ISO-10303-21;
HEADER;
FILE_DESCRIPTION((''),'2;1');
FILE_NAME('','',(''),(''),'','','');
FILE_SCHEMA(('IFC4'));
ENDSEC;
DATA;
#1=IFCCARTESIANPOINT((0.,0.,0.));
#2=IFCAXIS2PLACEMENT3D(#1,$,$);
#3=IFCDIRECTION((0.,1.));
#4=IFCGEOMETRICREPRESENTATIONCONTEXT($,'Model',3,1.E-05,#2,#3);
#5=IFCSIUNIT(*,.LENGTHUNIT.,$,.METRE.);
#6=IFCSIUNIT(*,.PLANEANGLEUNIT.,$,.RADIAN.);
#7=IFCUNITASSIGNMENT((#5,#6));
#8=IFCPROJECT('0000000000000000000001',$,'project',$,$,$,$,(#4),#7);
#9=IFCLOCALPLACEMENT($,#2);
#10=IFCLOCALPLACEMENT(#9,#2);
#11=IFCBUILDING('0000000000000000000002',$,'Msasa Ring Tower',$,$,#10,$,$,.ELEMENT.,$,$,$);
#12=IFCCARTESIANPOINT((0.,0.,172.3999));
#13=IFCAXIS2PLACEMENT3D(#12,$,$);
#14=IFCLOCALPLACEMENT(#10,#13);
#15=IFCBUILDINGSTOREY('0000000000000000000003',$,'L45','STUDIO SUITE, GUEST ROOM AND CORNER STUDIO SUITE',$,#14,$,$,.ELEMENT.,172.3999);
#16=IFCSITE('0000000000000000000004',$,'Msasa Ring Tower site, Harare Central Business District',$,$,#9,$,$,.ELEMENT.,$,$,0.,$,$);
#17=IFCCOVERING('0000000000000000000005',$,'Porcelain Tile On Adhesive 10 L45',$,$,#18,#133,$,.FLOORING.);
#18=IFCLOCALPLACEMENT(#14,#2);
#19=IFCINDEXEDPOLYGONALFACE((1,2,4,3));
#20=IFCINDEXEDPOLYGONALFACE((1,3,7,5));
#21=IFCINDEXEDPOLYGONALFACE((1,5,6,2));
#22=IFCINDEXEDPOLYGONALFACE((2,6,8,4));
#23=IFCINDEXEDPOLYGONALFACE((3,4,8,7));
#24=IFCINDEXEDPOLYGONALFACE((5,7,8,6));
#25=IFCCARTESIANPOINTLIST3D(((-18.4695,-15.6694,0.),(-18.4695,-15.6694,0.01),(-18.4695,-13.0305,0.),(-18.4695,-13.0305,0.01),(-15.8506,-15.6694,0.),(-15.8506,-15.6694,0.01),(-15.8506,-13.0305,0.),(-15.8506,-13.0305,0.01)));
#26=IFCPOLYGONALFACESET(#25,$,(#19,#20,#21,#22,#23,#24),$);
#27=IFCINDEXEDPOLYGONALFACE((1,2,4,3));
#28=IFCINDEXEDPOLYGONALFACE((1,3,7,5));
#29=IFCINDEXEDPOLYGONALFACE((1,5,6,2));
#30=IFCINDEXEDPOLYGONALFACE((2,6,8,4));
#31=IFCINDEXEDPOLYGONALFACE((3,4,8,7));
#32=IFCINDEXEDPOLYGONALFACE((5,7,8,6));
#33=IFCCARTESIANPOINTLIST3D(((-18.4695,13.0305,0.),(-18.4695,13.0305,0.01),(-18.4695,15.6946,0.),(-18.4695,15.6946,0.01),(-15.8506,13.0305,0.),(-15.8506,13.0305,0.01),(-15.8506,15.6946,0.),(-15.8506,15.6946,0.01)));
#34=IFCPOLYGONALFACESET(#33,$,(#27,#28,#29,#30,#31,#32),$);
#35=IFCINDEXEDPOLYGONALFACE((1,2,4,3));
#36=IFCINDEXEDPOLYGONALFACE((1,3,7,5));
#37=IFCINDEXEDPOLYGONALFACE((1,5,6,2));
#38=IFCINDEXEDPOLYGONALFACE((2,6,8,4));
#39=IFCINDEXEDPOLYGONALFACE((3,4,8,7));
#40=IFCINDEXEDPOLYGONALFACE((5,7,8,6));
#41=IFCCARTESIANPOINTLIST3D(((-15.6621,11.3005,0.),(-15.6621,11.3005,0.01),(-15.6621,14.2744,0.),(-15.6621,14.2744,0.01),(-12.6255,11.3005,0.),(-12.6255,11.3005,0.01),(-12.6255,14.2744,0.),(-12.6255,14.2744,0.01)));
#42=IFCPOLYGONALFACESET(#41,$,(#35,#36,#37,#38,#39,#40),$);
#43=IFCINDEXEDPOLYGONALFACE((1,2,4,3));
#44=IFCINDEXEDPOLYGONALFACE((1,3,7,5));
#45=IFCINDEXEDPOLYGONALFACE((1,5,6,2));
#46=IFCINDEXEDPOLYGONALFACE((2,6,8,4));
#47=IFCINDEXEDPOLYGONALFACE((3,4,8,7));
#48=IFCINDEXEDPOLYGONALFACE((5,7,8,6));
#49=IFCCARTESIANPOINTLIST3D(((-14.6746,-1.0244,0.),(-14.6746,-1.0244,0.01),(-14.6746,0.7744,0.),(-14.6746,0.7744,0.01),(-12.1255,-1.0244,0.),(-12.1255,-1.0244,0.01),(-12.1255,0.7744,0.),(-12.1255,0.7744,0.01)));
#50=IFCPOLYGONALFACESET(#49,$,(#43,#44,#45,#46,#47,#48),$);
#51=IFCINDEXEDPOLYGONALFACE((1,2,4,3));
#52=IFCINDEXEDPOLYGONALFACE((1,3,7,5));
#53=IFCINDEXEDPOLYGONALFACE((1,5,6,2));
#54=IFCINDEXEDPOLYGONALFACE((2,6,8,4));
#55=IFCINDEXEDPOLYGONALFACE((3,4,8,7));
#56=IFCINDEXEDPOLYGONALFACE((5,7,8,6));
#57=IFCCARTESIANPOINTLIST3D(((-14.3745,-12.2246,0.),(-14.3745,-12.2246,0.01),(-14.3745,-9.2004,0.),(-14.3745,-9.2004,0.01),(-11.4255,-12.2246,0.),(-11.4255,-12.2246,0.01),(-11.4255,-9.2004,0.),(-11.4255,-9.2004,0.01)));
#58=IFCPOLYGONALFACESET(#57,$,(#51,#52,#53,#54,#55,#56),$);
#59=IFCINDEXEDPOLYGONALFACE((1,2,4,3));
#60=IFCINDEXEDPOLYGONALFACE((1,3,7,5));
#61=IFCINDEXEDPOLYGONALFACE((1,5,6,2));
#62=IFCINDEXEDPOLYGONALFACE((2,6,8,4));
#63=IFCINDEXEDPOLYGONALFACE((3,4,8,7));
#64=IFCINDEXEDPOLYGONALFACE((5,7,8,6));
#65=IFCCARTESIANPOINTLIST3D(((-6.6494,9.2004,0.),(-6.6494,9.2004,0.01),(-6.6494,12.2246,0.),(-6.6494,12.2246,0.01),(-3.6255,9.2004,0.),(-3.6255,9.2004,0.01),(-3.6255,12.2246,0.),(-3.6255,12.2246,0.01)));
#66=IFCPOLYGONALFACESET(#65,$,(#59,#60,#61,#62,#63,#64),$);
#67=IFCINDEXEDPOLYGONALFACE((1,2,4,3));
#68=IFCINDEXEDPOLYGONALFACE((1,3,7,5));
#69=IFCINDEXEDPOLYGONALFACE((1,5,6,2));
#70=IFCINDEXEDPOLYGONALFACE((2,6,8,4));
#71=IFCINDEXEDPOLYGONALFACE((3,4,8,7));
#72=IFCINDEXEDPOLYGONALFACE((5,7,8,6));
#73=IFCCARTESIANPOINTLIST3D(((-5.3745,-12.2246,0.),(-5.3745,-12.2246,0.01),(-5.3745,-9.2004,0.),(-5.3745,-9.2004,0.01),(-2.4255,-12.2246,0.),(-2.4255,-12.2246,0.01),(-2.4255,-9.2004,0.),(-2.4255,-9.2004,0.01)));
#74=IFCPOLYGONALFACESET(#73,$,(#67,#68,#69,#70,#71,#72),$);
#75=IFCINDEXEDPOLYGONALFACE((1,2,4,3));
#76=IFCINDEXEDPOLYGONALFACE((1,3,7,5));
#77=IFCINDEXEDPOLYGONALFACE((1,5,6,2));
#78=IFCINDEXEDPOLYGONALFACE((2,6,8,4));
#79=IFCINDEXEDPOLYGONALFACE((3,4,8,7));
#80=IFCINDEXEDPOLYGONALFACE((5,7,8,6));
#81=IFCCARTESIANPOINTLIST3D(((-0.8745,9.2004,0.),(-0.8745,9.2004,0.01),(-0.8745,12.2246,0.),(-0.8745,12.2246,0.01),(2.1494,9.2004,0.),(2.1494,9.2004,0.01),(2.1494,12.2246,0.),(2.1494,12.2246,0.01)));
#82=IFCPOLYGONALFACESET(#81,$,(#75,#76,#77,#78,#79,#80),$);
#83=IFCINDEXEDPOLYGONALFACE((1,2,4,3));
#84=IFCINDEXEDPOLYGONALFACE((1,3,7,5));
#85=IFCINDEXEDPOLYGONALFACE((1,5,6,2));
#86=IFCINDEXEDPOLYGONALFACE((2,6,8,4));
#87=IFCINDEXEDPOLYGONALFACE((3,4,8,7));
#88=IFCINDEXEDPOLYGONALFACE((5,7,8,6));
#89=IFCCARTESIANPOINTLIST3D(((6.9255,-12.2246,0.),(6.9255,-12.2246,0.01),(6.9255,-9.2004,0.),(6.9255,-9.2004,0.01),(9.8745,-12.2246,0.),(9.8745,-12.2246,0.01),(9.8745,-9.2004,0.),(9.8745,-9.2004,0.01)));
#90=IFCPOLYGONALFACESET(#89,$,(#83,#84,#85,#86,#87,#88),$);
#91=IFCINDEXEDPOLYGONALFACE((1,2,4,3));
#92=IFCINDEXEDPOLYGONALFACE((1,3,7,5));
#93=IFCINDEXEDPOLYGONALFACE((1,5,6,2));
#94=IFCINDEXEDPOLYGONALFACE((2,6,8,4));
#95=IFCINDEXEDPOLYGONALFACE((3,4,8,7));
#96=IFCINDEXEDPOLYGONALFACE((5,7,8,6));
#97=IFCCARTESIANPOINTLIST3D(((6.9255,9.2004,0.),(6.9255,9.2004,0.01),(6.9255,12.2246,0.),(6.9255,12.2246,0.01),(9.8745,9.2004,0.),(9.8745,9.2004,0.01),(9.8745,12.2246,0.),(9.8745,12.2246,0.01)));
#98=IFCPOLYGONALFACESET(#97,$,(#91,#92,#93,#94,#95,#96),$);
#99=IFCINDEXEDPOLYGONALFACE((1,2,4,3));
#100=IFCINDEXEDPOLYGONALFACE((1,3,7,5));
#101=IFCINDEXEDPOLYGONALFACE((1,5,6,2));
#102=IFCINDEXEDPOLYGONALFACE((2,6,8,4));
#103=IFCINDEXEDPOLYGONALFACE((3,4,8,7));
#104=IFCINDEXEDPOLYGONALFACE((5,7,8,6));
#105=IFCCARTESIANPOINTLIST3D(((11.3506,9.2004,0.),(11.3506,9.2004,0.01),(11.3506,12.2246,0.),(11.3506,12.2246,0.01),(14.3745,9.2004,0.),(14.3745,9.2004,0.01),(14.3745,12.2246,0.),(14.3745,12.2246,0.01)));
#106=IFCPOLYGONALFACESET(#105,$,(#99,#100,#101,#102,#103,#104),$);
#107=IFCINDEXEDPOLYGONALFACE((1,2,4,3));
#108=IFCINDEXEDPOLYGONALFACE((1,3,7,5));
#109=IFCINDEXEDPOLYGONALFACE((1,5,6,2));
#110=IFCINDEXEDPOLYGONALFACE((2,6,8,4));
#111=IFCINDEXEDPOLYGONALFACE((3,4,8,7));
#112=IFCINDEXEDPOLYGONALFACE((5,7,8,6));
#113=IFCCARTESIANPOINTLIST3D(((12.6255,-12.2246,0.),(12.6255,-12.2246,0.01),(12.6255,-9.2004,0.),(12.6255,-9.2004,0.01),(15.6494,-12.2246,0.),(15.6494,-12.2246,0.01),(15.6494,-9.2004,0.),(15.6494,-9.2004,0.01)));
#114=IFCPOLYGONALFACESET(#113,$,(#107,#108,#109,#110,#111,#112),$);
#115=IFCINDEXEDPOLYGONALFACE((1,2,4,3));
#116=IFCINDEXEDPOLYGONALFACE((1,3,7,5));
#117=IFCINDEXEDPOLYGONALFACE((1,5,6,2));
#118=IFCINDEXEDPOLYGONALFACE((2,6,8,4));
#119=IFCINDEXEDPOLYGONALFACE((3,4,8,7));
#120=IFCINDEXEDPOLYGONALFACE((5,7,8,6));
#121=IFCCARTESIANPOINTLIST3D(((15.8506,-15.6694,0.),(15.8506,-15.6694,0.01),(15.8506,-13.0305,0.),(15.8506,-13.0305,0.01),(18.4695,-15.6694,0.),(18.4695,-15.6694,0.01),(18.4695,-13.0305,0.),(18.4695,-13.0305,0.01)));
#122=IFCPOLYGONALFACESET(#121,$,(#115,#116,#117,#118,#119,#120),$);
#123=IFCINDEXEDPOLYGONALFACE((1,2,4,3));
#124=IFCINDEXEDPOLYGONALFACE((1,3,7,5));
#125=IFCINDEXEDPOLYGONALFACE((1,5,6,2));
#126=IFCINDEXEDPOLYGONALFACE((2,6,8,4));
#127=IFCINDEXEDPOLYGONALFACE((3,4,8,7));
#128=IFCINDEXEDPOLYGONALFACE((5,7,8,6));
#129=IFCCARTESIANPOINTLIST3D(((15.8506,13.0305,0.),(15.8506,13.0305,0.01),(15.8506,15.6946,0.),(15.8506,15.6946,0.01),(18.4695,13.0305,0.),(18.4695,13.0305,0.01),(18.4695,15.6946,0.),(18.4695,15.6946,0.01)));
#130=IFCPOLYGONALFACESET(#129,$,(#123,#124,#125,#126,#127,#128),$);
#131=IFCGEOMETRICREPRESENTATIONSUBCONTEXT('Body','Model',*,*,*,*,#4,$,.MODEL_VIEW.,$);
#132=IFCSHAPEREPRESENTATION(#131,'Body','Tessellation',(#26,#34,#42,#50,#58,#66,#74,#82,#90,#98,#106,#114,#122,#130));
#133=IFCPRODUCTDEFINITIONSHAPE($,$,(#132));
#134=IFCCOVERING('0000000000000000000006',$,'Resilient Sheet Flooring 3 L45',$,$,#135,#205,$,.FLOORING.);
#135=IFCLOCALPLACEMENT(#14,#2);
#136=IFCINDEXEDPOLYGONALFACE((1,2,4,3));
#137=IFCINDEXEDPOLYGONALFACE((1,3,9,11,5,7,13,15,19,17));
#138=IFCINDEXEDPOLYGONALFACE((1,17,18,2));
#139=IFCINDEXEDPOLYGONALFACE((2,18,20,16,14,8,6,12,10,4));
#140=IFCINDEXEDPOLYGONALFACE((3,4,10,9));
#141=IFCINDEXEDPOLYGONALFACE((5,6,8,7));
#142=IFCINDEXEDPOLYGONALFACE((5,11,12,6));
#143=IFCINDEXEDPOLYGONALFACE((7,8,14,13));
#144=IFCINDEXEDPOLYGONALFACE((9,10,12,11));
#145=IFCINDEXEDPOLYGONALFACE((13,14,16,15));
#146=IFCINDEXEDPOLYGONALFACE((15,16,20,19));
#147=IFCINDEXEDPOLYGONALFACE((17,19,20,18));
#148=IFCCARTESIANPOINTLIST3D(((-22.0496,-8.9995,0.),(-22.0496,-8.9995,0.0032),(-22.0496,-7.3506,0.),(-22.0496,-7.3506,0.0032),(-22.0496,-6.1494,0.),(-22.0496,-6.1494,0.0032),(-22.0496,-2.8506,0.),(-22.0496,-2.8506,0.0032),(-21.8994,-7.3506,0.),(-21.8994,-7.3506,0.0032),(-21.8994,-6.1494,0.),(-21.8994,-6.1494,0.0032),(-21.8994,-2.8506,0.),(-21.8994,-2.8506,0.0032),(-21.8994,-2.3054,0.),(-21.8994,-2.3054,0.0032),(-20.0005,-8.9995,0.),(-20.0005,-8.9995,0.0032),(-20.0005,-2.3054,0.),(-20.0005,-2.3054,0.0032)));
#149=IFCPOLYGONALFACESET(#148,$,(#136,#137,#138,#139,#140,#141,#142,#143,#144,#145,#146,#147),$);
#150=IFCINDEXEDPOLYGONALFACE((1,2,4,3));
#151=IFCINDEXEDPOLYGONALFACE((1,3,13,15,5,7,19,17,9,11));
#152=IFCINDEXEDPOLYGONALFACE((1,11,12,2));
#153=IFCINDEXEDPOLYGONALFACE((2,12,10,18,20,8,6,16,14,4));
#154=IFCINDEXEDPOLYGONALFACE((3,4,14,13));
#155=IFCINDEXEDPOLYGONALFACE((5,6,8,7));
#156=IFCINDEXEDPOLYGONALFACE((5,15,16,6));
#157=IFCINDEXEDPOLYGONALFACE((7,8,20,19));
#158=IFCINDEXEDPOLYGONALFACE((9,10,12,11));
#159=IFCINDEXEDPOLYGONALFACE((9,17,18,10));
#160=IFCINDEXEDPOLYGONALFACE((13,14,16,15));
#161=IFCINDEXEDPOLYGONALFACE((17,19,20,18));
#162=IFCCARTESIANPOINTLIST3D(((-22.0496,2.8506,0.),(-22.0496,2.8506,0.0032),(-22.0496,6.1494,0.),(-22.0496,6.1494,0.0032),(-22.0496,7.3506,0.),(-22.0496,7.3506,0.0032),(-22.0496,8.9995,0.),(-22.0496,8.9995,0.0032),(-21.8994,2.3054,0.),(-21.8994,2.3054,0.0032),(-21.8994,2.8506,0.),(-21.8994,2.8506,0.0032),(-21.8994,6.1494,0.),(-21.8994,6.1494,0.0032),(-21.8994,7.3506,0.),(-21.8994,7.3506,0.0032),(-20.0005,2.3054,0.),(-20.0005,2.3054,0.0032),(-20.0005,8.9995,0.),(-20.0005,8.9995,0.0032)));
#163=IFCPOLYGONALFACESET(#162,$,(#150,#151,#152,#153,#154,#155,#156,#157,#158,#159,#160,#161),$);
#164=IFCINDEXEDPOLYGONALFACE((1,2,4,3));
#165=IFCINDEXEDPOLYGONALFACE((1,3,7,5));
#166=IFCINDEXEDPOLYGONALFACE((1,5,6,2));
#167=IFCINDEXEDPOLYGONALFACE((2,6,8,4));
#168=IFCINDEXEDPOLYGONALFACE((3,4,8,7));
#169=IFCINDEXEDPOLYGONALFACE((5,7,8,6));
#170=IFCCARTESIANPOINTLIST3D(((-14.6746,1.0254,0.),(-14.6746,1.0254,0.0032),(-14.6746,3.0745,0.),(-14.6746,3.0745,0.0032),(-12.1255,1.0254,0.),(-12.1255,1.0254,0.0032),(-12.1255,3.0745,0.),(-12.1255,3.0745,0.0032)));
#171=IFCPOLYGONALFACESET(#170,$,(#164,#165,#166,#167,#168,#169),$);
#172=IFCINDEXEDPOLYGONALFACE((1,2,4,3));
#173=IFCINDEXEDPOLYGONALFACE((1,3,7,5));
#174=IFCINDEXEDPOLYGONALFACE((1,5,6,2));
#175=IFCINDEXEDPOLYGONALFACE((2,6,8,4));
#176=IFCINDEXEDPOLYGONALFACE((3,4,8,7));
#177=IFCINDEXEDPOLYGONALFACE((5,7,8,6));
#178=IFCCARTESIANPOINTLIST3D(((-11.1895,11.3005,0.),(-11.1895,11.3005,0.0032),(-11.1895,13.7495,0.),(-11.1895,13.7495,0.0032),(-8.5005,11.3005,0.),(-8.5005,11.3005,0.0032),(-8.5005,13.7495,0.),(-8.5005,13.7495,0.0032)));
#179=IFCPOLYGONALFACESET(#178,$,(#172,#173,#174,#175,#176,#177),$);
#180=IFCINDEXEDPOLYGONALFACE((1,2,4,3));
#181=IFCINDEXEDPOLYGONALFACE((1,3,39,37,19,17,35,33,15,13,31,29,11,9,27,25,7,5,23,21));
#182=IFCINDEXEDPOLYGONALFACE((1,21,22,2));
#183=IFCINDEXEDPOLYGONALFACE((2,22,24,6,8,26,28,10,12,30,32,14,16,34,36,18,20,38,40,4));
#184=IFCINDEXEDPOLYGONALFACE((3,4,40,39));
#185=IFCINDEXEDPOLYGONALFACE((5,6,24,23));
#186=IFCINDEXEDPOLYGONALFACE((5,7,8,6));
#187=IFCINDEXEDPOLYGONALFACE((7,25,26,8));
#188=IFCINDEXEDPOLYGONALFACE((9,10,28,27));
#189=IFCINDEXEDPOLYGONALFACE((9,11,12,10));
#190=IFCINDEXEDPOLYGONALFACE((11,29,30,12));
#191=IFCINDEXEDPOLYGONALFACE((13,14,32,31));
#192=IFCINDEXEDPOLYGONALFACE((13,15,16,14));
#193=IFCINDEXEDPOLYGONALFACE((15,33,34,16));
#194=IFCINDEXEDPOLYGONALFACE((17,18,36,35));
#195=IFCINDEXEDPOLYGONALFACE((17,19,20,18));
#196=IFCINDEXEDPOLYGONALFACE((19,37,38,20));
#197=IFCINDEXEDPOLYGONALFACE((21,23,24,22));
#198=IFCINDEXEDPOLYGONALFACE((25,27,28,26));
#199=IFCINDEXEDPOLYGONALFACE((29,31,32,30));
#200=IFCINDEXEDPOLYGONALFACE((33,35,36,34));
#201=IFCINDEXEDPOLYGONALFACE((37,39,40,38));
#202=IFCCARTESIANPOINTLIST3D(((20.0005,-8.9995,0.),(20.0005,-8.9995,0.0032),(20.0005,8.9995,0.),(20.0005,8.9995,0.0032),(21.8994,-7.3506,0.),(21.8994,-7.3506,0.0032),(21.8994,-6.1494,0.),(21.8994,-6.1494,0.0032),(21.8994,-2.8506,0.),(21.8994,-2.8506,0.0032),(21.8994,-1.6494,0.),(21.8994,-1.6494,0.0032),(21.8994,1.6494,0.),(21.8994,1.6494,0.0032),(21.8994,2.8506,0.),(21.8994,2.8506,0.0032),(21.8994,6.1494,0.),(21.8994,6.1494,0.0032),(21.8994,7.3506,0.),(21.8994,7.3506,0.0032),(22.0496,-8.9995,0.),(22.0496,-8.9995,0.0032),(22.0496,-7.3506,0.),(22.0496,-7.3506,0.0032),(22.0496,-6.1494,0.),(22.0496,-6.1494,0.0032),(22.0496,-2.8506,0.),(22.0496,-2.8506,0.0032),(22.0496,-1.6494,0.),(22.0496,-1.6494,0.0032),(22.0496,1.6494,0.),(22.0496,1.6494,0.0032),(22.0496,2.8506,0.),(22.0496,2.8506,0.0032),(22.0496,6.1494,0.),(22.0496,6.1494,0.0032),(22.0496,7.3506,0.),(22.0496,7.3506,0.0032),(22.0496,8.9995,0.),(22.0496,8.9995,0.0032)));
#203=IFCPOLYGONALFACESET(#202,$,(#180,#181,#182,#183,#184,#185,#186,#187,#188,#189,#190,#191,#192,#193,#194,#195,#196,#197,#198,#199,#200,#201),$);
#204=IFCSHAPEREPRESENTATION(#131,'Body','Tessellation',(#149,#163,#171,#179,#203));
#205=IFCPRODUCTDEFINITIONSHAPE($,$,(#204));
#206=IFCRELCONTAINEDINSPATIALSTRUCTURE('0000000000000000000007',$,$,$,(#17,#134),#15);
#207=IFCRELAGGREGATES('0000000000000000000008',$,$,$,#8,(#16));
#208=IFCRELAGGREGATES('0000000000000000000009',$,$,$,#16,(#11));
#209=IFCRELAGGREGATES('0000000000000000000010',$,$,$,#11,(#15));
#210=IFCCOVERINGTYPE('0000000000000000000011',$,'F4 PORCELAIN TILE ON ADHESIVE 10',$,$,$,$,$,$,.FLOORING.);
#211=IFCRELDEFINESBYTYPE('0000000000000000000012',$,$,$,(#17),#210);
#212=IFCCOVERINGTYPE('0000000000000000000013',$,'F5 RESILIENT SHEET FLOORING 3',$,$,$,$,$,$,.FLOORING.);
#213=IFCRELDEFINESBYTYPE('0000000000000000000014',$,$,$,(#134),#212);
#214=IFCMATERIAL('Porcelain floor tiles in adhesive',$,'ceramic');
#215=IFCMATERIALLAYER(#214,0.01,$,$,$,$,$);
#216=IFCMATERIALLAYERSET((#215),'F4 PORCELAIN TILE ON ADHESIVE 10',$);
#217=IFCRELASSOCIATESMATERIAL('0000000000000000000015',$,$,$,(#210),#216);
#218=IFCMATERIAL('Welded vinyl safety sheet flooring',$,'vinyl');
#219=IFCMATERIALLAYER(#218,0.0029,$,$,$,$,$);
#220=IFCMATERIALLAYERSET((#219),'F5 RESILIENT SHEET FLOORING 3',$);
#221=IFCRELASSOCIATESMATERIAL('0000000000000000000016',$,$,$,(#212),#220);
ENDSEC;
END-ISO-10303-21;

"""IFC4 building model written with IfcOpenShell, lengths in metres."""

from ifc_helpers import new_model, si_unit, direction, frame, origin, place, context, subcontext, project, spatial, line, indexed_curve, outline, extrude, material, layer, layer_set, type_object, element, save


model = new_model("IFC4")

# Units and contexts
model_context = context("Model", 3, precision=1e-05, world=origin(), true_north=direction((0.0, 1.0)))
body_context = subcontext(model_context, "Body", "Model", "MODEL_VIEW")
ifc_project = project(units=[si_unit("LENGTHUNIT", "METRE"), si_unit("PLANEANGLEUNIT", "RADIAN")], contexts=[model_context])

# Site, building, storey
site_placement = place(None, origin())
site = spatial("IfcSite", under=ifc_project, at=site_placement, Name="Msasa Ring Tower site, Harare Central Business District", CompositionType="ELEMENT", RefElevation=0.0)
building_placement = place(site_placement, origin())
building = spatial("IfcBuilding", under=site, at=building_placement, Name="Msasa Ring Tower", CompositionType="ELEMENT")
storey_placement = place(building_placement, frame((0.0, 0.0, 172.3999)))
storey = spatial("IfcBuildingStorey", under=building, at=storey_placement, Name="L45", Description="STUDIO SUITE, GUEST ROOM AND CORNER STUDIO SUITE", CompositionType="ELEMENT", Elevation=172.3999)

# Coverings
ifc_material_1 = material(Name="Porcelain floor tiles in adhesive", Category="ceramic")
ifc_layer_1 = layer(ifc_material_1, 0.01)
ifc_layer_set_1 = layer_set([ifc_layer_1], Name="F4 PORCELAIN TILE ON ADHESIVE 10")
covering_type_1 = type_object("IfcCoveringType", Name="F4 PORCELAIN TILE ON ADHESIVE 10", PredefinedType="FLOORING", material=ifc_layer_set_1)
covering_1_placement = place(storey_placement, origin())
element("IfcCovering", 1, at=covering_1_placement, inside=storey, type_object=covering_type_1, Name="Porcelain Tile On Adhesive 10 L45", PredefinedType="FLOORING", context=body_context, shape_type="SweptSolid", body=[
    extrude(outline(indexed_curve([(-18.4695, -13.0305), (-15.8506, -13.0305), (-15.8506, -15.6694), (-18.4695, -15.6694)], segments=[line(1, 2, 3, 4, 1)], self_intersect=False)), origin(), (0.0, 0.0, 1.0), 0.01),
    extrude(outline(indexed_curve([(-15.8506, 15.6946), (-15.8506, 13.0305), (-18.4695, 13.0305), (-18.4695, 15.6946)], segments=[line(1, 2, 3, 4, 1)], self_intersect=False)), origin(), (0.0, 0.0, 1.0), 0.01),
    extrude(outline(indexed_curve([(-15.6621, 11.3005), (-15.6621, 14.2744), (-12.6255, 14.2744), (-12.6255, 11.3005)], segments=[line(1, 2, 3, 4, 1)], self_intersect=False)), origin(), (0.0, 0.0, 1.0), 0.01),
    extrude(outline(indexed_curve([(-12.1255, -1.0244), (-14.6746, -1.0244), (-14.6746, 0.7744), (-12.1255, 0.7744)], segments=[line(1, 2, 3, 4, 1)], self_intersect=False)), origin(), (0.0, 0.0, 1.0), 0.01),
    extrude(outline(indexed_curve([(-11.4255, -9.2004), (-11.4255, -12.2246), (-14.3745, -12.2246), (-14.3745, -9.2004)], segments=[line(1, 2, 3, 4, 1)], self_intersect=False)), origin(), (0.0, 0.0, 1.0), 0.01),
    extrude(outline(indexed_curve([(-6.6494, 9.2004), (-6.6494, 12.2246), (-3.6255, 12.2246), (-3.6255, 9.2004)], segments=[line(1, 2, 3, 4, 1)], self_intersect=False)), origin(), (0.0, 0.0, 1.0), 0.01),
    extrude(outline(indexed_curve([(-2.4255, -9.2004), (-2.4255, -12.2246), (-5.3745, -12.2246), (-5.3745, -9.2004)], segments=[line(1, 2, 3, 4, 1)], self_intersect=False)), origin(), (0.0, 0.0, 1.0), 0.01),
    extrude(outline(indexed_curve([(2.1494, 9.2004), (-0.8745, 9.2004), (-0.8745, 12.2246), (2.1494, 12.2246)], segments=[line(1, 2, 3, 4, 1)], self_intersect=False)), origin(), (0.0, 0.0, 1.0), 0.01),
    extrude(outline(indexed_curve([(9.8745, -9.2004), (9.8745, -12.2246), (6.9255, -12.2246), (6.9255, -9.2004)], segments=[line(1, 2, 3, 4, 1)], self_intersect=False)), origin(), (0.0, 0.0, 1.0), 0.01),
    extrude(outline(indexed_curve([(6.9255, 9.2004), (6.9255, 12.2246), (9.8745, 12.2246), (9.8745, 9.2004)], segments=[line(1, 2, 3, 4, 1)], self_intersect=False)), origin(), (0.0, 0.0, 1.0), 0.01),
    extrude(outline(indexed_curve([(11.3506, 9.2004), (11.3506, 12.2246), (14.3745, 12.2246), (14.3745, 9.2004)], segments=[line(1, 2, 3, 4, 1)], self_intersect=False)), origin(), (0.0, 0.0, 1.0), 0.01),
    extrude(outline(indexed_curve([(15.6494, -9.2004), (15.6494, -12.2246), (12.6255, -12.2246), (12.6255, -9.2004)], segments=[line(1, 2, 3, 4, 1)], self_intersect=False)), origin(), (0.0, 0.0, 1.0), 0.01),
    extrude(outline(indexed_curve([(15.8506, -13.0305), (18.4695, -13.0305), (18.4695, -15.6694), (15.8506, -15.6694)], segments=[line(1, 2, 3, 4, 1)], self_intersect=False)), origin(), (0.0, 0.0, 1.0), 0.01),
    extrude(outline(indexed_curve([(18.4695, 15.6946), (18.4695, 13.0305), (15.8506, 13.0305), (15.8506, 15.6946)], segments=[line(1, 2, 3, 4, 1)], self_intersect=False)), origin(), (0.0, 0.0, 1.0), 0.01),
])
ifc_material_2 = material(Name="Welded vinyl safety sheet flooring", Category="vinyl")
ifc_layer_2 = layer(ifc_material_2, 0.0029)
ifc_layer_set_2 = layer_set([ifc_layer_2], Name="F5 RESILIENT SHEET FLOORING 3")
covering_type_2 = type_object("IfcCoveringType", Name="F5 RESILIENT SHEET FLOORING 3", PredefinedType="FLOORING", material=ifc_layer_set_2)
covering_2_placement = place(storey_placement, origin())
element("IfcCovering", 2, at=covering_2_placement, inside=storey, type_object=covering_type_2, Name="Resilient Sheet Flooring 3 L45", PredefinedType="FLOORING", context=body_context, shape_type="SweptSolid", body=[
    extrude(outline(indexed_curve([(-20.0005, -2.3054), (-20.0005, -8.9995), (-22.0496, -8.9995), (-22.0496, -7.3506), (-21.8994, -7.3506), (-21.8994, -6.1494), (-22.0496, -6.1494), (-22.0496, -2.8506), (-21.8994, -2.8506), (-21.8994, -2.3054)], segments=[line(1, 2, 3, 4, 5, 6, 7, 8, 9, 10, 1)], self_intersect=False)), origin(), (0.0, 0.0, 1.0), 0.0032),
    extrude(outline(indexed_curve([(-20.0005, 2.3054), (-21.8994, 2.3054), (-21.8994, 2.8506), (-22.0496, 2.8506), (-22.0496, 6.1494), (-21.8994, 6.1494), (-21.8994, 7.3506), (-22.0496, 7.3506), (-22.0496, 8.9995), (-20.0005, 8.9995)], segments=[line(1, 2, 3, 4, 5, 6, 7, 8, 9, 10, 1)], self_intersect=False)), origin(), (0.0, 0.0, 1.0), 0.0032),
    extrude(outline(indexed_curve([(-14.6746, 3.0745), (-12.1255, 3.0745), (-12.1255, 1.0254), (-14.6746, 1.0254)], segments=[line(1, 2, 3, 4, 1)], self_intersect=False)), origin(), (0.0, 0.0, 1.0), 0.0032),
    extrude(outline(indexed_curve([(-11.1895, 13.7495), (-8.5005, 13.7495), (-8.5005, 11.3005), (-11.1895, 11.3005)], segments=[line(1, 2, 3, 4, 1)], self_intersect=False)), origin(), (0.0, 0.0, 1.0), 0.0032),
    extrude(outline(indexed_curve([(22.0496, 7.3506), (21.8994, 7.3506), (21.8994, 6.1494), (22.0496, 6.1494), (22.0496, 2.8506), (21.8994, 2.8506), (21.8994, 1.6494), (22.0496, 1.6494), (22.0496, -1.6494), (21.8994, -1.6494), (21.8994, -2.8506), (22.0496, -2.8506), (22.0496, -6.1494), (21.8994, -6.1494), (21.8994, -7.3506), (22.0496, -7.3506), (22.0496, -8.9995), (20.0005, -8.9995), (20.0005, 8.9995), (22.0496, 8.9995)], segments=[line(1, 2, 3, 4, 5, 6, 7, 8, 9, 10, 11, 12, 13, 14, 15, 16, 17, 18, 19, 20, 1)], self_intersect=False)), origin(), (0.0, 0.0, 1.0), 0.0032),
])

save(model, "model.ifc")
